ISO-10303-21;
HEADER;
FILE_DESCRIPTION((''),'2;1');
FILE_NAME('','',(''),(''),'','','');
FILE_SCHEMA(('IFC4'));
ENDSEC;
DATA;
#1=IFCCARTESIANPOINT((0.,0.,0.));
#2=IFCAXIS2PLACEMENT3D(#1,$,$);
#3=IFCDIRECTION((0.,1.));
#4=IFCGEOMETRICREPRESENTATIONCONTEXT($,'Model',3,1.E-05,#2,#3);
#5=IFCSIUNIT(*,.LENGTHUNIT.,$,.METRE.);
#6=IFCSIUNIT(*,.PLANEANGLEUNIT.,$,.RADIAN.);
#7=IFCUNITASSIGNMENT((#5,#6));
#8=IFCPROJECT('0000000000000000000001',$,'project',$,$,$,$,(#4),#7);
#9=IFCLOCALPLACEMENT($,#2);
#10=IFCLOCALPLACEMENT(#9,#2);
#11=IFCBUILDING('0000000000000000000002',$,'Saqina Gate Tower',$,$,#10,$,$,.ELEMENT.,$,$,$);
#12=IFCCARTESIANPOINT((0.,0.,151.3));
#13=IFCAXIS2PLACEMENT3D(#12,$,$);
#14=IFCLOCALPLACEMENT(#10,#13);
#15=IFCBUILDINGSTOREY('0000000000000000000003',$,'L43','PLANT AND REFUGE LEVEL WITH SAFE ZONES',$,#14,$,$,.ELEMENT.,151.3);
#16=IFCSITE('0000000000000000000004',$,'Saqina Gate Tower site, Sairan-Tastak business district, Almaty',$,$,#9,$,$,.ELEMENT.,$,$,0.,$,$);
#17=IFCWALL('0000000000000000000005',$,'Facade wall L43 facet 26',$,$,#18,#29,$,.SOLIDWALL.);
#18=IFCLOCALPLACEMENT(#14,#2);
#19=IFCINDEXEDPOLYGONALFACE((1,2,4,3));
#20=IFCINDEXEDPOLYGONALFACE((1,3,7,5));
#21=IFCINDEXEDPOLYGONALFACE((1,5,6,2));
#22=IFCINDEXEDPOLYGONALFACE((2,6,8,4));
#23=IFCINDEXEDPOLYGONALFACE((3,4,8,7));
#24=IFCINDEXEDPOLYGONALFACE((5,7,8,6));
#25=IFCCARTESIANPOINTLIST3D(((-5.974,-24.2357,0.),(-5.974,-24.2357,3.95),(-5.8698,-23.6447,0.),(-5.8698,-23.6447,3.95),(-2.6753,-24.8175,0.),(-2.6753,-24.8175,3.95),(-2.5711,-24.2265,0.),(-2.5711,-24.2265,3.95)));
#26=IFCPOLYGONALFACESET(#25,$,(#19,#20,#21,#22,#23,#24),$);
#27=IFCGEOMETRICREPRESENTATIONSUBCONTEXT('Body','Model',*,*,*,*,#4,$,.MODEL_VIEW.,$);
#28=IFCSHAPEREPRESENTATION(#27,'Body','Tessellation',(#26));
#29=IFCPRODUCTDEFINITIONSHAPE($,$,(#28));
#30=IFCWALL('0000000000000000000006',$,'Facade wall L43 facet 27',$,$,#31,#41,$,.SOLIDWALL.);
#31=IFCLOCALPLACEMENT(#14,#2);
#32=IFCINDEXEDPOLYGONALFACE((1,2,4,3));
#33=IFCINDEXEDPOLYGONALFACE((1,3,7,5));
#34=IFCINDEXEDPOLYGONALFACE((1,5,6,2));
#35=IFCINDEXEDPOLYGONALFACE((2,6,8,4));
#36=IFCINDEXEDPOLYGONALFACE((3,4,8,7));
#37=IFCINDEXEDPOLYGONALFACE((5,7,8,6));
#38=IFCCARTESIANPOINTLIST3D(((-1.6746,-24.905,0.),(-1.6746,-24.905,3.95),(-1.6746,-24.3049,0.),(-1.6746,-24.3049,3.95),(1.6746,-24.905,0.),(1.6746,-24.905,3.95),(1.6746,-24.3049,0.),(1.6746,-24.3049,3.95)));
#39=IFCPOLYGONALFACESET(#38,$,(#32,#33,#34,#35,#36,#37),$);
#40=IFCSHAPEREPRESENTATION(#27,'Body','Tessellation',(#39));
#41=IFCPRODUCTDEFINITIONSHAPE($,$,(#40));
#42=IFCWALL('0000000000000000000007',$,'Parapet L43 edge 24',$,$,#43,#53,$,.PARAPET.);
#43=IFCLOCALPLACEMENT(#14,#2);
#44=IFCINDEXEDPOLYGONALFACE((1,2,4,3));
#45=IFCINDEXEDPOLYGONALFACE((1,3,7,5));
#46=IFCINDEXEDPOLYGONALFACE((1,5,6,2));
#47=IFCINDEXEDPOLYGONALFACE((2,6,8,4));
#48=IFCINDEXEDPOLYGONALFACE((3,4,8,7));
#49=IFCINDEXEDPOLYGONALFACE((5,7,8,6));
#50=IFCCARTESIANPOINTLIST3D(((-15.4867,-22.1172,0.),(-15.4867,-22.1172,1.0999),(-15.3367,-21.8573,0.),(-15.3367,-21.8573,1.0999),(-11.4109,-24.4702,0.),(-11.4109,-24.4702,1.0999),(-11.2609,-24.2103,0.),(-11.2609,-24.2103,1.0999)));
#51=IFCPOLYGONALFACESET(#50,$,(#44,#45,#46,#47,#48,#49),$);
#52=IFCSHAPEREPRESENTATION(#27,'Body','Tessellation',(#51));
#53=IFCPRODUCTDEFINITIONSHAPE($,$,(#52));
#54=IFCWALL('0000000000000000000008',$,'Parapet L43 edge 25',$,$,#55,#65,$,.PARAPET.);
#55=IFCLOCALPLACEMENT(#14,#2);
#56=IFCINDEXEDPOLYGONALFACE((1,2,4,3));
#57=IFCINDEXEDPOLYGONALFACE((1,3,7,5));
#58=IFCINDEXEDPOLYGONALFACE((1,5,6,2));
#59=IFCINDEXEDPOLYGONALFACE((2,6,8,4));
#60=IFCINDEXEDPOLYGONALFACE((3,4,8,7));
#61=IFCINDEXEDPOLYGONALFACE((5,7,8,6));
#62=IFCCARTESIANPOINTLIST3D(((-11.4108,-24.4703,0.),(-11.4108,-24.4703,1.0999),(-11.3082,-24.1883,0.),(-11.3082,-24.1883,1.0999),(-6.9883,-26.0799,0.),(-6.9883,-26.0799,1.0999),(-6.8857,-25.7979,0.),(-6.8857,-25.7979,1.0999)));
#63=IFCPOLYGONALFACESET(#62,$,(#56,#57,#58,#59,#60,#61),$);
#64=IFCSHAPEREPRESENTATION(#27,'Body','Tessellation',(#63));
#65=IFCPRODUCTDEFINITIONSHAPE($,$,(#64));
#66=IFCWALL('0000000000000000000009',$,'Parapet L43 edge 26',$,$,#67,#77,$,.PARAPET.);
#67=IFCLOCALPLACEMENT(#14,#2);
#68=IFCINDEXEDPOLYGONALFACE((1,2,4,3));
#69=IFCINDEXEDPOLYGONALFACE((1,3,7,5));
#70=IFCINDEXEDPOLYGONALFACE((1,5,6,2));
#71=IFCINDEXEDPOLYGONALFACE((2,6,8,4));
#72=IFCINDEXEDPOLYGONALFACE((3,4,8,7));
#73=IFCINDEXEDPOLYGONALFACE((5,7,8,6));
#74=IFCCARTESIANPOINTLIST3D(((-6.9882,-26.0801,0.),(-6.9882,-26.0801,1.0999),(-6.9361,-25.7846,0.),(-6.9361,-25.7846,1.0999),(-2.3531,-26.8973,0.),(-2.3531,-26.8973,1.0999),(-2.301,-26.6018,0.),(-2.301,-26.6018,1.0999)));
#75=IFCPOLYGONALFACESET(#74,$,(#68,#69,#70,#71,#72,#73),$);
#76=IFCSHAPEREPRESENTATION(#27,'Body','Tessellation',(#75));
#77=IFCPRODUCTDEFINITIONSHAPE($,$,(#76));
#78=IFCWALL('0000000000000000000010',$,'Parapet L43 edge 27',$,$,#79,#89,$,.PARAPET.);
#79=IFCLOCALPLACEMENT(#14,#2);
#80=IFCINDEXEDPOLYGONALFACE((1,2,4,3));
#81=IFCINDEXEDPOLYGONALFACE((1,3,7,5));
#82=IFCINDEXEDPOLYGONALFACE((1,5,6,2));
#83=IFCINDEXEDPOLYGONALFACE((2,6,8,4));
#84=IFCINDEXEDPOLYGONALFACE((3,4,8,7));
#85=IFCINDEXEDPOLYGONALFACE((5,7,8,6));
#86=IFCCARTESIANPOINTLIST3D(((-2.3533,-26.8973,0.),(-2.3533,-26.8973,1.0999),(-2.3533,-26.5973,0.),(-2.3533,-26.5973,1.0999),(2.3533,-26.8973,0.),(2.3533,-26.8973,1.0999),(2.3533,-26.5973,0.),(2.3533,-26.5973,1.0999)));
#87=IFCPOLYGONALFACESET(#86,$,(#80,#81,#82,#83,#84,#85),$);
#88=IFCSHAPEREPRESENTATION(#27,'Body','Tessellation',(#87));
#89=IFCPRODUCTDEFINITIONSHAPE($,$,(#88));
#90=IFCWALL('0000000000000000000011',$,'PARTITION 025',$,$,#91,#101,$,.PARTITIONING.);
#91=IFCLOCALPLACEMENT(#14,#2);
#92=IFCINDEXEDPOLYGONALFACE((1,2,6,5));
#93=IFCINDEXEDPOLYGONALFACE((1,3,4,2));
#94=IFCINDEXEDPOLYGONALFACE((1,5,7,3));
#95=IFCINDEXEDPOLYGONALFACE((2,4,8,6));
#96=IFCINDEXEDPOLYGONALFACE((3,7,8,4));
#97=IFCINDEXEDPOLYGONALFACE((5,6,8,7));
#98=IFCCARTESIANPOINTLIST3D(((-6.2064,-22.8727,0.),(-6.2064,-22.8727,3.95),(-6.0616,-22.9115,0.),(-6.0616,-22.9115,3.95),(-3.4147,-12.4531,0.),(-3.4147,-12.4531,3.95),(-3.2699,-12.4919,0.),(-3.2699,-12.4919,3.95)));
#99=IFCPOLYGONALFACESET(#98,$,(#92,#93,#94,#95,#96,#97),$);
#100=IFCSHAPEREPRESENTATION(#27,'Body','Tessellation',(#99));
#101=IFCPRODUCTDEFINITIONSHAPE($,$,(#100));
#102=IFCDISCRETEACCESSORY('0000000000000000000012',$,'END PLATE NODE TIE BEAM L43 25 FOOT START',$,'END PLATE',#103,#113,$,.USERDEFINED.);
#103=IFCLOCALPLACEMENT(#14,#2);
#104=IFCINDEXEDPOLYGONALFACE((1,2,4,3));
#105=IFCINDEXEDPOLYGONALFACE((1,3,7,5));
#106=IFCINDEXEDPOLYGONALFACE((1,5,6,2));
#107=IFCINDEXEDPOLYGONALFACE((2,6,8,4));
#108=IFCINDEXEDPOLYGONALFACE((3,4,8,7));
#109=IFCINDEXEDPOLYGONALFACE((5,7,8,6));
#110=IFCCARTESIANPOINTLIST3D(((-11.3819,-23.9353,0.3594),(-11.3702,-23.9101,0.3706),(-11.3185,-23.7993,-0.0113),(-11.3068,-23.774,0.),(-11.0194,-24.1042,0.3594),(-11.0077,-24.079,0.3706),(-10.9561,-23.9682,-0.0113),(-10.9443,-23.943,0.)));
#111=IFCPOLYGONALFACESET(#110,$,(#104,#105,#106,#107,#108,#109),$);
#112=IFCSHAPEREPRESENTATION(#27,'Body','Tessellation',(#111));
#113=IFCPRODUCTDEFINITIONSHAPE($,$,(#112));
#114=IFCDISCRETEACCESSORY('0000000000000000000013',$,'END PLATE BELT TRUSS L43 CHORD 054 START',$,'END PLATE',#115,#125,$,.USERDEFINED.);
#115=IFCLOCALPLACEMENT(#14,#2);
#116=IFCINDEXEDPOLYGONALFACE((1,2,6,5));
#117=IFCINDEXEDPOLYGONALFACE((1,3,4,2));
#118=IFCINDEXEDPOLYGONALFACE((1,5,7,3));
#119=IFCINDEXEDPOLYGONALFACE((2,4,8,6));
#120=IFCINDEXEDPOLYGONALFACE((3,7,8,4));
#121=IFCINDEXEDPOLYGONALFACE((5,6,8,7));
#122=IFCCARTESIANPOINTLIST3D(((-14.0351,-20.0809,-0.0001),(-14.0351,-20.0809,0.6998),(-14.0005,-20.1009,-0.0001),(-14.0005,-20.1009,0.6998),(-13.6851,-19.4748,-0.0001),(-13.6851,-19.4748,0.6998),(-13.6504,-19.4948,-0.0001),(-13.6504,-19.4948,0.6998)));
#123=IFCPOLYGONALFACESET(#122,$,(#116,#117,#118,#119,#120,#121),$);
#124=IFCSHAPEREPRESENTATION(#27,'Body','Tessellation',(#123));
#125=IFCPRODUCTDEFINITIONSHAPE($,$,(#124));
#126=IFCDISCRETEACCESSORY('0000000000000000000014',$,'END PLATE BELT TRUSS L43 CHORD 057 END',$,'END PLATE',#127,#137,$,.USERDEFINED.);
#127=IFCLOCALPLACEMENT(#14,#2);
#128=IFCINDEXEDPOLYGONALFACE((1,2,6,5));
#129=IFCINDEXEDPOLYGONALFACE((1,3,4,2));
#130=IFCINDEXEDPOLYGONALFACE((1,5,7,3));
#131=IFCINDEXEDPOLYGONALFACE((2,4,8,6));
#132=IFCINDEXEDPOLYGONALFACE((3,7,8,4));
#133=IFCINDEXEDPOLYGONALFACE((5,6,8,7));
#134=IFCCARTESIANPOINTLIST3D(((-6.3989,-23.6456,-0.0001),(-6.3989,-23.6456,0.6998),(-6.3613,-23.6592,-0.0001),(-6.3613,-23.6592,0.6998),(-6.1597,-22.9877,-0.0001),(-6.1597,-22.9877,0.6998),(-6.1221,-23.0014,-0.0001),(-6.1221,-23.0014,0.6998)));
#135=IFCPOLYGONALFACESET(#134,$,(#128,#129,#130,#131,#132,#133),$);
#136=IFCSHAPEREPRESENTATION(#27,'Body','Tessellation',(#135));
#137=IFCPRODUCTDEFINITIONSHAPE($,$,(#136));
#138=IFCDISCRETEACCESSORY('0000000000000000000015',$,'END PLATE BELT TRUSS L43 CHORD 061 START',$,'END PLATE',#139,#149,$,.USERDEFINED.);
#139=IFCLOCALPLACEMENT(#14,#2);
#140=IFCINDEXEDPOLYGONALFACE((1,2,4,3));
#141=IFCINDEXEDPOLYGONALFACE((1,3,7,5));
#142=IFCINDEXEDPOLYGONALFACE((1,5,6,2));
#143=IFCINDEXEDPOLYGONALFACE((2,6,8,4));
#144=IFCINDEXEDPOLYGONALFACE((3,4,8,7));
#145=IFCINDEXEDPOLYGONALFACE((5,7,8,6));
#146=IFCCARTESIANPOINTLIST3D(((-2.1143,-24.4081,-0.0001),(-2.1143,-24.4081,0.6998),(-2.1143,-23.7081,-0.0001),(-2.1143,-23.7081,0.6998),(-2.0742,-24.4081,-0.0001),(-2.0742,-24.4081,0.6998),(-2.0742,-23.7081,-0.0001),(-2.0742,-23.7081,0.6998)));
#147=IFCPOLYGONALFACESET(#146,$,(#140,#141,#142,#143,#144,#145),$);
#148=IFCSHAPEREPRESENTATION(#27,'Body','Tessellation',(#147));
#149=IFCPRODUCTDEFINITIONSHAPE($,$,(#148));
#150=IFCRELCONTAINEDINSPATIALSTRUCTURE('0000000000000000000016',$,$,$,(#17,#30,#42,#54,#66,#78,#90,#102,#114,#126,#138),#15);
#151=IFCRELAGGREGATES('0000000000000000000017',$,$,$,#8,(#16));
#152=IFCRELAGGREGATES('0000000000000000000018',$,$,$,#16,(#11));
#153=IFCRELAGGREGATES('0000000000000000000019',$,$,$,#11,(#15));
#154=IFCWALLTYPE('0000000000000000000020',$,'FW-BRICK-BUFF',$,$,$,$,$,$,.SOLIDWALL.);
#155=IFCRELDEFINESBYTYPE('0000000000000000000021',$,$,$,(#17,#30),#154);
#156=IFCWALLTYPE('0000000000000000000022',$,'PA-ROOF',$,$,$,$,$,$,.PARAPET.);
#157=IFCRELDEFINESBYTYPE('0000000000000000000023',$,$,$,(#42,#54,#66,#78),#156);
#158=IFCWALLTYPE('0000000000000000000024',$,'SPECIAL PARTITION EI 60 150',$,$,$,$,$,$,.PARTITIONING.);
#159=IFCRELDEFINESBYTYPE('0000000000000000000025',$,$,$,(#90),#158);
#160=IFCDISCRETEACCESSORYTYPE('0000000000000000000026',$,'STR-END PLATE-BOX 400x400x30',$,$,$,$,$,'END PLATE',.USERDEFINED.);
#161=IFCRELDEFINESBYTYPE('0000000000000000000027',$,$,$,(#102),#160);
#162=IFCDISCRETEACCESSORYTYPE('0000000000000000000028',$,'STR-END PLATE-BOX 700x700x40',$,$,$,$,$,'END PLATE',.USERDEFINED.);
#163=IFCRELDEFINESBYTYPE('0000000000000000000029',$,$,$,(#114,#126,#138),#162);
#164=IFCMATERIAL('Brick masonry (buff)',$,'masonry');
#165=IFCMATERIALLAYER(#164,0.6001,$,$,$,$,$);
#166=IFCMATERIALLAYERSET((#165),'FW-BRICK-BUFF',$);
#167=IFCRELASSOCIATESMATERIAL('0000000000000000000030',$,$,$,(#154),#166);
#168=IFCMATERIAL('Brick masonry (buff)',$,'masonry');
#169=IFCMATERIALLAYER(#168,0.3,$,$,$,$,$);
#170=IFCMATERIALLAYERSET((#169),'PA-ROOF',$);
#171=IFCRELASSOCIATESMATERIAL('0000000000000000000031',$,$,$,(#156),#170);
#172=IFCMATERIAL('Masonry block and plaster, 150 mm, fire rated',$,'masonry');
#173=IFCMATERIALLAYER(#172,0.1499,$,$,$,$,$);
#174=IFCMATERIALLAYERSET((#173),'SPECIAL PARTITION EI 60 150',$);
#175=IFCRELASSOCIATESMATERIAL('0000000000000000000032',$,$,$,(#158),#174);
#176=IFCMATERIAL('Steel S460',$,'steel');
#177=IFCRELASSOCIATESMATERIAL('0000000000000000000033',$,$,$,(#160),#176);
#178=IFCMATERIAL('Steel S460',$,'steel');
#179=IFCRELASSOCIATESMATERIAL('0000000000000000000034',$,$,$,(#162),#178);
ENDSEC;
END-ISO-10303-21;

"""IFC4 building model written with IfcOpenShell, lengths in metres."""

from ifc_helpers import new_model, si_unit, direction, frame, frame_2d, origin, origin_2d, place, context, subcontext, project, spatial, rectangle, extrude, material, layer, layer_set, material_profile, profile_set, type_object, element, save


model = new_model("IFC4")

# Units and contexts
model_context = context("Model", 3, precision=1e-05, world=origin(), true_north=direction((0.0, 1.0)))
body_context = subcontext(model_context, "Body", "Model", "MODEL_VIEW")
ifc_project = project(units=[si_unit("LENGTHUNIT", "METRE"), si_unit("PLANEANGLEUNIT", "RADIAN")], contexts=[model_context])

# Site, building, storey
site_placement = place(None, origin())
site = spatial("IfcSite", under=ifc_project, at=site_placement, Name="Saqina Gate Tower site, Sairan-Tastak business district, Almaty", CompositionType="ELEMENT", RefElevation=0.0)
building_placement = place(site_placement, origin())
building = spatial("IfcBuilding", under=site, at=building_placement, Name="Saqina Gate Tower", CompositionType="ELEMENT")
storey_placement = place(building_placement, frame((0.0, 0.0, 151.3)))
storey = spatial("IfcBuildingStorey", under=building, at=storey_placement, Name="L43", Description="PLANT AND REFUGE LEVEL WITH SAFE ZONES", CompositionType="ELEMENT", Elevation=151.3)

# Walls
ifc_material_1 = material(Name="Brick masonry (buff)", Category="masonry")
ifc_layer_1 = layer(ifc_material_1, 0.6001)
ifc_layer_set_1 = layer_set([ifc_layer_1], Name="FW-BRICK-BUFF")
wall_type_1 = type_object("IfcWallType", Name="FW-BRICK-BUFF", PredefinedType="SOLIDWALL", material=ifc_layer_set_1)
wall_1_placement = place(storey_placement, frame((-5.9219, -23.9402, 0.0), z_axis=(0.0, 0.0, 1.0), x_axis=(0.9848, -0.173694, 0.0)))
element("IfcWall", 1, at=wall_1_placement, inside=storey, type_object=wall_type_1, Name="Facade wall L43 facet 26", PredefinedType="SOLIDWALL", context=body_context, shape_type="SweptSolid", body=[
    extrude(rectangle(XDim=3.3496, YDim=0.6001, at=frame_2d((1.6748, 0.0))), origin(), (0.0, 0.0, 1.0), 3.95),
])
wall_2_placement = place(storey_placement, frame((-1.6746, -24.605, 0.0), z_axis=(0.0, 0.0, 1.0), x_axis=(1.0, 0.0, 0.0)))
element("IfcWall", 2, at=wall_2_placement, inside=storey, type_object=wall_type_1, Name="Facade wall L43 facet 27", PredefinedType="SOLIDWALL", context=body_context, shape_type="SweptSolid", body=[
    extrude(rectangle(XDim=3.3491, YDim=0.6001, at=frame_2d((1.6746, 0.0))), origin(), (0.0, 0.0, 1.0), 3.95),
])
ifc_material_2 = material(Name="Brick masonry (buff)", Category="masonry")
ifc_layer_2 = layer(ifc_material_2, 0.3)
ifc_layer_set_2 = layer_set([ifc_layer_2], Name="PA-ROOF")
wall_type_2 = type_object("IfcWallType", Name="PA-ROOF", PredefinedType="PARAPET", material=ifc_layer_set_2)
for number, where, z_axis, x_axis, name in (
    (3, (-15.4116, -21.9873, 0.0), (0.0, 0.0, 1.0), (0.866045, -0.499966, 0.0), "Parapet L43 edge 24"),
    (4, (-11.3594, -24.3293, 0.0), (0.0, 0.0, 1.0), (0.939698, -0.342005, 0.0), "Parapet L43 edge 25"),
):
    element("IfcWall", number, at=place(storey_placement, frame(where, z_axis=z_axis, x_axis=x_axis)), inside=storey, type_object=wall_type_2, Name=name, PredefinedType="PARAPET", context=body_context, shape_type="SweptSolid", body=[
        extrude(rectangle(XDim=4.7063, YDim=0.3, at=frame_2d((2.353, 0.0))), origin(), (0.0, 0.0, 1.0), 1.0999),
    ])
for number, where, z_axis, x_axis, name in (
    (5, (-6.9622, -25.9324, 0.0), (0.0, 0.0, 1.0), (0.984813, -0.17362, 0.0), "Parapet L43 edge 26"),
    (6, (-2.3533, -26.7473, 0.0), (0.0, 0.0, 1.0), (1.0, 0.0, 0.0), "Parapet L43 edge 27"),
):
    element("IfcWall", number, at=place(storey_placement, frame(where, z_axis=z_axis, x_axis=x_axis)), inside=storey, type_object=wall_type_2, Name=name, PredefinedType="PARAPET", context=body_context, shape_type="SweptSolid", body=[
        extrude(rectangle(XDim=4.7065, YDim=0.3, at=frame_2d((2.3533, 0.0))), origin(), (0.0, 0.0, 1.0), 1.0999),
    ])
ifc_material_3 = material(Name="Masonry block and plaster, 150 mm, fire rated", Category="masonry")
ifc_layer_3 = layer(ifc_material_3, 0.1499)
ifc_layer_set_3 = layer_set([ifc_layer_3], Name="SPECIAL PARTITION EI 60 150")
wall_type_3 = type_object("IfcWallType", Name="SPECIAL PARTITION EI 60 150", PredefinedType="PARTITIONING", material=ifc_layer_set_3)
wall_3_placement = place(storey_placement, frame((-6.134, -22.8921, 0.0), z_axis=(0.0, 0.0, 1.0), x_axis=(0.258802, 0.96593, 0.0)))
element("IfcWall", 7, at=wall_3_placement, inside=storey, type_object=wall_type_3, Name="PARTITION 025", PredefinedType="PARTITIONING", context=body_context, shape_type="SweptSolid", body=[
    extrude(rectangle(XDim=10.7871, YDim=0.1499, at=frame_2d((5.3936, 0.0))), origin(), (0.0, 0.0, 1.0), 3.95),
])

# Discrete accessories
ifc_material_4 = material(Name="Steel S460", Category="steel")
ifc_material_profile_1 = material_profile(ifc_material_4, rectangle(XDim=0.3999, YDim=0.3999, at=origin_2d()), Name="STR-END PLATE-BOX 400x400x30")
ifc_profile_set_1 = profile_set([ifc_material_profile_1], Name="Steel S460")
discrete_accessory_type_1 = type_object("IfcDiscreteAccessoryType", Name="STR-END PLATE-BOX 400x400x30", ElementType="END PLATE", PredefinedType="USERDEFINED", material=ifc_profile_set_1)
discrete_accessory_placement = place(storey_placement, frame((-11.1572, -23.9265, 0.1853), z_axis=(-0.39154, -0.84018, -0.375226), x_axis=(-0.906408, 0.422404, -0.000001)))
element("IfcDiscreteAccessory", 8, at=discrete_accessory_placement, inside=storey, type_object=discrete_accessory_type_1, Name="END PLATE NODE TIE BEAM L43 25 FOOT START", ObjectType="END PLATE", PredefinedType="USERDEFINED", context=body_context, shape_type="SweptSolid", body=[
    extrude(rectangle(XDim=0.3999, YDim=0.3999, at=origin_2d()), origin(), (0.0, 0.0, 1.0), 0.03),
])
ifc_material_5 = material(Name="Steel S460", Category="steel")
ifc_material_profile_2 = material_profile(ifc_material_5, rectangle(XDim=0.7, YDim=0.7, at=origin_2d()), Name="STR-END PLATE-BOX 700x700x40")
ifc_profile_set_2 = profile_set([ifc_material_profile_2], Name="Steel S460")
discrete_accessory_type_2 = type_object("IfcDiscreteAccessoryType", Name="STR-END PLATE-BOX 700x700x40", ElementType="END PLATE", PredefinedType="USERDEFINED", material=ifc_profile_set_2)
for number, where, z_axis, x_axis, name in (
    (9, (-13.8254, -19.7979, 0.3499), (-0.865982, 0.500074, 0.0), (0.500074, 0.865982, 0.0), "END PLATE BELT TRUSS L43 CHORD 054 START"),
    (10, (-6.2793, -23.3167, 0.3499), (0.939793, -0.341743, 0.0), (0.341743, 0.939793, 0.0), "END PLATE BELT TRUSS L43 CHORD 057 END"),
    (11, (-2.0742, -24.0581, 0.3499), (-1.0, 0.0, 0.0), (0.0, 1.0, 0.0), "END PLATE BELT TRUSS L43 CHORD 061 START"),
):
    element("IfcDiscreteAccessory", number, at=place(storey_placement, frame(where, z_axis=z_axis, x_axis=x_axis)), inside=storey, type_object=discrete_accessory_type_2, Name=name, ObjectType="END PLATE", PredefinedType="USERDEFINED", context=body_context, shape_type="SweptSolid", body=[
        extrude(rectangle(XDim=0.7, YDim=0.7, at=origin_2d()), origin(), (0.0, 0.0, 1.0), 0.04),
    ])

save(model, "model.ifc")
